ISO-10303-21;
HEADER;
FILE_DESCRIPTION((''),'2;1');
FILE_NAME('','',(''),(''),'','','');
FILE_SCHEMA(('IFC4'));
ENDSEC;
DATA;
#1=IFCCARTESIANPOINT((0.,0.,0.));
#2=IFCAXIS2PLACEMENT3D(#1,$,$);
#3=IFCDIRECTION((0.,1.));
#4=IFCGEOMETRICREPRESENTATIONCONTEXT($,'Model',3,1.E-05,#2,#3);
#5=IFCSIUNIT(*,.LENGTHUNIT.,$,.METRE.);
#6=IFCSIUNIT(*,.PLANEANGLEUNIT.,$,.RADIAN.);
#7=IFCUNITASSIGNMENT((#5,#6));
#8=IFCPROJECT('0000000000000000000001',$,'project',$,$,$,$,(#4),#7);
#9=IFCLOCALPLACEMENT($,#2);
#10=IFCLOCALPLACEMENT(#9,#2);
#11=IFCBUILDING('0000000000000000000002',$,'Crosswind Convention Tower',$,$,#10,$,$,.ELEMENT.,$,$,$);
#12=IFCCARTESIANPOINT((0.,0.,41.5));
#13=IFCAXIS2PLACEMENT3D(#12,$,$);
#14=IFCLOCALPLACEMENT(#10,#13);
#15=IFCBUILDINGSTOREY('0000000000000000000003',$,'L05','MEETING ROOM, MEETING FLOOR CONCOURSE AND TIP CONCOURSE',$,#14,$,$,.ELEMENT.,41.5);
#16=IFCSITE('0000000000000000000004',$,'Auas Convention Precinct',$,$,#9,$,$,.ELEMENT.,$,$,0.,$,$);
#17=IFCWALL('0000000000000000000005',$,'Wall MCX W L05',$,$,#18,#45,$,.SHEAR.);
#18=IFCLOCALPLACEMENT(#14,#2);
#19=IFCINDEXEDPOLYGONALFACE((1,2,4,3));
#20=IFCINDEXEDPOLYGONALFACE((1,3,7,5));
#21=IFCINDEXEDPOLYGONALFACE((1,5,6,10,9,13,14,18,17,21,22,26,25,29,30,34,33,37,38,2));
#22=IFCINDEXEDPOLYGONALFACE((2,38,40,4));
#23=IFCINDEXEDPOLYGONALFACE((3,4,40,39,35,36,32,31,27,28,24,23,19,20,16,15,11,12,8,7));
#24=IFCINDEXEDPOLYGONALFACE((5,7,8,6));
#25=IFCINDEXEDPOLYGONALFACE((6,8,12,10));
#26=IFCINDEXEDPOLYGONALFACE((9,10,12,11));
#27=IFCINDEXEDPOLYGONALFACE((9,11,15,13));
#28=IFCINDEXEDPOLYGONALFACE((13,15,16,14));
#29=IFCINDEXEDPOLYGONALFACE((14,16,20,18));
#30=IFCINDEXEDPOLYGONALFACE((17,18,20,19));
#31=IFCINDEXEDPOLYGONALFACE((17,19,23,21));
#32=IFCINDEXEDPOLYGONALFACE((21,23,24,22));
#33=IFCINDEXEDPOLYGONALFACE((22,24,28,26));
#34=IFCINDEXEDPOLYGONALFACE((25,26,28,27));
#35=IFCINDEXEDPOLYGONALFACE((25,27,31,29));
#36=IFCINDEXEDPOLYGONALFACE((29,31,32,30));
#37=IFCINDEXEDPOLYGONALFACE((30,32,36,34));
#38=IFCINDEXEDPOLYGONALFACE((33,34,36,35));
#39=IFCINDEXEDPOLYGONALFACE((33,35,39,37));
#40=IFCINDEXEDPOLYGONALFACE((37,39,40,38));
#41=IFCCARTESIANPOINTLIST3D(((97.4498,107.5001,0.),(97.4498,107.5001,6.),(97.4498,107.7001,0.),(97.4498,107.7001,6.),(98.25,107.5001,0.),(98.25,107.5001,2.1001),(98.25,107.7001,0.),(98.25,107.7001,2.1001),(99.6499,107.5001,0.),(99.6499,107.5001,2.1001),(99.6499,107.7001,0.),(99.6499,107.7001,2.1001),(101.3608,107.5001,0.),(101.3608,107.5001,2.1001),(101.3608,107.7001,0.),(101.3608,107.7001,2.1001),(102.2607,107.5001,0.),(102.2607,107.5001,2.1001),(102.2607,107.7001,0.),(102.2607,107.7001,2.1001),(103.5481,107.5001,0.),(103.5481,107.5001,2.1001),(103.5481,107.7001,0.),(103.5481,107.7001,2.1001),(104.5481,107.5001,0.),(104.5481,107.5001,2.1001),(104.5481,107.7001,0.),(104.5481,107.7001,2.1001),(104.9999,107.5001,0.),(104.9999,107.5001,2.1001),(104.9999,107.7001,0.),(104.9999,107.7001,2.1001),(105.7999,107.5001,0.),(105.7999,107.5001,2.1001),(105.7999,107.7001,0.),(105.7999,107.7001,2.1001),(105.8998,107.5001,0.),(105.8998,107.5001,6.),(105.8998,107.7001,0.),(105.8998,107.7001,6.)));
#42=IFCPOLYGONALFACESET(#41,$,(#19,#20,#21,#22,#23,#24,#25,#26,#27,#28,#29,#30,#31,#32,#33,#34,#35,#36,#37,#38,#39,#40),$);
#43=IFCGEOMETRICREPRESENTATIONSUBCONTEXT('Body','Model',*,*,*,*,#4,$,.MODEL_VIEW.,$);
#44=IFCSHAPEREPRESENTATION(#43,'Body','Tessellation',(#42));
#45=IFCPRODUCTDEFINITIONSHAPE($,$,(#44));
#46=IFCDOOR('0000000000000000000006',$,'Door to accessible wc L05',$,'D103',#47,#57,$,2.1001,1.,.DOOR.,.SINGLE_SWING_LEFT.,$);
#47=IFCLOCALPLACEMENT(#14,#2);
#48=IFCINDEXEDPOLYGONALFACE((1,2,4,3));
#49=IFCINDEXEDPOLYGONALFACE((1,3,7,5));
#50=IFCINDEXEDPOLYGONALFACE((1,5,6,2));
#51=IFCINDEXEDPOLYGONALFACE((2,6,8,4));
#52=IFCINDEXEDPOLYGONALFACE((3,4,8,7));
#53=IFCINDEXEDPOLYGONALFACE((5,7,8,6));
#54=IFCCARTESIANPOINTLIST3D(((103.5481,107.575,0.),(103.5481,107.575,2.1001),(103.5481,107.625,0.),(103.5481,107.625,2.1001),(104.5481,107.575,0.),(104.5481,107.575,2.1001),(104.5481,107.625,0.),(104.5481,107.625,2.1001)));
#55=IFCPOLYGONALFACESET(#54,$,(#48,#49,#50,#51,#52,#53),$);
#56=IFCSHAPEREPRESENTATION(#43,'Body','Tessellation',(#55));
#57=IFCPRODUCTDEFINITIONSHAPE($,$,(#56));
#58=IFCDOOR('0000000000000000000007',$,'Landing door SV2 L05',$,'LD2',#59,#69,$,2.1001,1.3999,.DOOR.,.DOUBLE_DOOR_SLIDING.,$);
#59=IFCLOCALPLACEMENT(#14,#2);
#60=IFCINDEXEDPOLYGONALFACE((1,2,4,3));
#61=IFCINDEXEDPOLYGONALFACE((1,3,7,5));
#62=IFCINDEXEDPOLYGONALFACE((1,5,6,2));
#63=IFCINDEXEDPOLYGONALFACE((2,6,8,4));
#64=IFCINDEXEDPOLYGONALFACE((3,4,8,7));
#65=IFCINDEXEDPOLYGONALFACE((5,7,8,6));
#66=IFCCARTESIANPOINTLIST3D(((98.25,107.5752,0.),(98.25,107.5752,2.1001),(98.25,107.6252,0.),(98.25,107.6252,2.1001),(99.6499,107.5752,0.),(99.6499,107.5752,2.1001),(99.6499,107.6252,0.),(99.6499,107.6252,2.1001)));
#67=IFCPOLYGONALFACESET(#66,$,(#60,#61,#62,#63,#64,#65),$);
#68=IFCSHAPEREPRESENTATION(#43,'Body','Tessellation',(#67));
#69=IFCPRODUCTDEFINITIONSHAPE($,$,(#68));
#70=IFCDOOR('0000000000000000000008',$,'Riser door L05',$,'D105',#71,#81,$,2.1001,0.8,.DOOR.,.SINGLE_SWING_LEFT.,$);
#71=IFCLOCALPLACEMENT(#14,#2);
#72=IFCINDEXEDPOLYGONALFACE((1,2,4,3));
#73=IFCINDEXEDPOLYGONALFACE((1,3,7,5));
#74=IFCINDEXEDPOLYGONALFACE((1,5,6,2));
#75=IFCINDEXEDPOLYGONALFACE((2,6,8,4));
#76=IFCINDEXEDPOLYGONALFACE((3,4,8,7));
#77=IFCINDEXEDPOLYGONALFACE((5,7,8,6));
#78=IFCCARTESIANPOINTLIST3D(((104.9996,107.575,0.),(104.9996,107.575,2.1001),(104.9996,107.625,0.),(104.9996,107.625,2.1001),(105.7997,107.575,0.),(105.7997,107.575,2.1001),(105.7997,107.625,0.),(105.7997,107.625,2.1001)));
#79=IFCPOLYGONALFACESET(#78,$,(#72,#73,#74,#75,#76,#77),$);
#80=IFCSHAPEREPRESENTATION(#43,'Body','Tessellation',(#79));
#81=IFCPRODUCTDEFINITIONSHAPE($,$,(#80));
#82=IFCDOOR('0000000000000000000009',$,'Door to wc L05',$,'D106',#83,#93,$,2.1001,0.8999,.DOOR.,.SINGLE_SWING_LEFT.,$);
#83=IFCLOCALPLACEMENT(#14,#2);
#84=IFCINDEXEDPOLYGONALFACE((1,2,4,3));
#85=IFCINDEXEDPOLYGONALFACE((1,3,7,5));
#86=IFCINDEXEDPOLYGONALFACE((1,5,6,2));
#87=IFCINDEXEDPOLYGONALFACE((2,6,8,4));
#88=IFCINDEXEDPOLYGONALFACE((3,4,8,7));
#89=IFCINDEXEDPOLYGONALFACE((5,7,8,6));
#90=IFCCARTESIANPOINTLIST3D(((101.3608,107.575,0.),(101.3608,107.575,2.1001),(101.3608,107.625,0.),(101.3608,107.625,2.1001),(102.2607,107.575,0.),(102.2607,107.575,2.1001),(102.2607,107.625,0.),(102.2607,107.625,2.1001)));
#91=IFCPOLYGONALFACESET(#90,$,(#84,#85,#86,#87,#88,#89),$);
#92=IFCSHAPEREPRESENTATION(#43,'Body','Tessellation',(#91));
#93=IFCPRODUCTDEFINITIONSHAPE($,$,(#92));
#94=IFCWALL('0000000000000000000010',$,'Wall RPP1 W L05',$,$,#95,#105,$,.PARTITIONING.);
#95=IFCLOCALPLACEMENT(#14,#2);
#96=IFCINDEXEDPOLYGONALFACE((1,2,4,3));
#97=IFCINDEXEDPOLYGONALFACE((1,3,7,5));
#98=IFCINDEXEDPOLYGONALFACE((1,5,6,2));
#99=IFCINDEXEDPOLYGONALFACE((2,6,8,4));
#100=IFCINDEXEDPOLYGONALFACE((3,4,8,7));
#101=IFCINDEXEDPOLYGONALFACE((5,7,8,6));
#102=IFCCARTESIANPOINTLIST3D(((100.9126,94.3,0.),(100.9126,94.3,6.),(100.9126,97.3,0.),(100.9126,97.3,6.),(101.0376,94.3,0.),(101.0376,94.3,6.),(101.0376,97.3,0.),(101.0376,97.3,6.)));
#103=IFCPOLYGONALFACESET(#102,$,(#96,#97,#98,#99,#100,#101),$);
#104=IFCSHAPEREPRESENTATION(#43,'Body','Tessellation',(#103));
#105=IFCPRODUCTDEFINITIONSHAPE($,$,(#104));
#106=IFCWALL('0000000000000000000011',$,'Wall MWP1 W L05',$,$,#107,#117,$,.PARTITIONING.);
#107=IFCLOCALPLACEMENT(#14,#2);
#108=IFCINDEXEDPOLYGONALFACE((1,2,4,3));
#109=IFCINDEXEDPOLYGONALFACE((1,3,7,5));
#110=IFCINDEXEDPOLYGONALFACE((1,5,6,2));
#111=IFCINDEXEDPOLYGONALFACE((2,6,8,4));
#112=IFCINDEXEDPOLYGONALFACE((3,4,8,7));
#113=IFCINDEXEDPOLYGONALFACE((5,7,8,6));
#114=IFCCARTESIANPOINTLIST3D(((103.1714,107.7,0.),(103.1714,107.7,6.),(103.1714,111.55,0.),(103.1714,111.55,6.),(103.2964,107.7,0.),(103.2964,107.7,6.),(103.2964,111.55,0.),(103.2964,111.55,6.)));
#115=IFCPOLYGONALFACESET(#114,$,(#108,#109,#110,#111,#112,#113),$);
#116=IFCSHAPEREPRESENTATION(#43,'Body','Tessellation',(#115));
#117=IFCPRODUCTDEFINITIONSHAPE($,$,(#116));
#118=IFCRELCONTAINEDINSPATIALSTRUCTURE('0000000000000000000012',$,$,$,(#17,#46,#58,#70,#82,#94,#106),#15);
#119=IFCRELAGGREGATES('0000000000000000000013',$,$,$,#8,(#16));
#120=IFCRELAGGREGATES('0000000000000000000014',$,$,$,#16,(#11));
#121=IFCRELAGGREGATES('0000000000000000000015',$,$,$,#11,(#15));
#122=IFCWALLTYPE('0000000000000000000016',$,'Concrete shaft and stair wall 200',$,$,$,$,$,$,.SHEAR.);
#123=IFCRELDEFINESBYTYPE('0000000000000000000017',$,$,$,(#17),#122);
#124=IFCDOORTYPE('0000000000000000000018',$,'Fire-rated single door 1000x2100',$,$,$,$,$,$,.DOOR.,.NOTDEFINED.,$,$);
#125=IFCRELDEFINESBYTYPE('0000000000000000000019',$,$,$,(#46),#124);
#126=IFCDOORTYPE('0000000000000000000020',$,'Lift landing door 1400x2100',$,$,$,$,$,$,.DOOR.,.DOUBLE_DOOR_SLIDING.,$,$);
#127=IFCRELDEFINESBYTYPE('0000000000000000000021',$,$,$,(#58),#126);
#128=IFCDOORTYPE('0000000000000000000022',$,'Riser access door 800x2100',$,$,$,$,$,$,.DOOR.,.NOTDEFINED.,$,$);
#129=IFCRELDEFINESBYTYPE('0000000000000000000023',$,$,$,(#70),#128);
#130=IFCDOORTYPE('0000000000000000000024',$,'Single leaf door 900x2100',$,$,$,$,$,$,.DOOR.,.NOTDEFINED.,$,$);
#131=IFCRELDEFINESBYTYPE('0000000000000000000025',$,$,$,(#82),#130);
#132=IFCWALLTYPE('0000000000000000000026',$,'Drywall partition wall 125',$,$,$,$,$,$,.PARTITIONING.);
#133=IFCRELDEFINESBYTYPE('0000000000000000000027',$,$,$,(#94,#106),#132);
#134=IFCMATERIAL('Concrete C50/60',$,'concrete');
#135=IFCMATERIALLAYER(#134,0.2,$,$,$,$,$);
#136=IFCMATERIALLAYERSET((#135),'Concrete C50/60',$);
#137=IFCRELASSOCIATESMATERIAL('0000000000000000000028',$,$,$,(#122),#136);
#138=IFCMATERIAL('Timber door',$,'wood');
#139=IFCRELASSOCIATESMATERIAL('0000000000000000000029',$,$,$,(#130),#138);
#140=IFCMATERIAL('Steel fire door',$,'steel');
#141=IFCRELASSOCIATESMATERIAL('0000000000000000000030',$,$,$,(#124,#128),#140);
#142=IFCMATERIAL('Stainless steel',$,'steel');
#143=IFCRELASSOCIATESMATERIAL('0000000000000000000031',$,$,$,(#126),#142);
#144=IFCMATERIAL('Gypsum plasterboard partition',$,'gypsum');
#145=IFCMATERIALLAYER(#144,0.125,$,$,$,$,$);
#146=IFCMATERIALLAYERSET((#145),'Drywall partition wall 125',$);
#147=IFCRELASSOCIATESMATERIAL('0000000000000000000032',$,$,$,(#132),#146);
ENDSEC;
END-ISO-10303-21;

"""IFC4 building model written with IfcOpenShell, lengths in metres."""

from ifc_helpers import new_model, si_unit, direction, frame, frame_2d, origin, place, context, subcontext, project, spatial, rectangle, extrude, material, layer, layer_set, type_object, element, fill, save


model = new_model("IFC4")

# Units and contexts
model_context = context("Model", 3, precision=1e-05, world=origin(), true_north=direction((0.0, 1.0)))
body_context = subcontext(model_context, "Body", "Model", "MODEL_VIEW")
ifc_project = project(units=[si_unit("LENGTHUNIT", "METRE"), si_unit("PLANEANGLEUNIT", "RADIAN")], contexts=[model_context])

# Site, building, storey
site_placement = place(None, origin())
site = spatial("IfcSite", under=ifc_project, at=site_placement, Name="Auas Convention Precinct", CompositionType="ELEMENT", RefElevation=0.0)
building_placement = place(site_placement, origin())
building = spatial("IfcBuilding", under=site, at=building_placement, Name="Crosswind Convention Tower", CompositionType="ELEMENT")
storey_placement = place(building_placement, frame((0.0, 0.0, 41.5)))
storey = spatial("IfcBuildingStorey", under=building, at=storey_placement, Name="L05", Description="MEETING ROOM, MEETING FLOOR CONCOURSE AND TIP CONCOURSE", CompositionType="ELEMENT", Elevation=41.5)

# Shared definitions
ifc_material_1 = material(Name="Concrete C50/60", Category="concrete")
ifc_layer_1 = layer(ifc_material_1, 0.2)
ifc_layer_set_1 = layer_set([ifc_layer_1], Name="Concrete C50/60")
wall_type_1 = type_object("IfcWallType", Name="Concrete shaft and stair wall 200", PredefinedType="SHEAR", material=ifc_layer_set_1)

# Shared definitions
ifc_material_2 = material(Name="Timber door", Category="wood")
door_type_1 = type_object("IfcDoorType", Name="Single leaf door 900x2100", OperationType="NOTDEFINED", PredefinedType="DOOR", material=ifc_material_2)

# Wall, openings, doors
wall_1_placement = place(storey_placement, frame((105.8999, 107.6001, 0.0), z_axis=(0.0, 0.0, 1.0), x_axis=(-1.0, 0.0, 0.0)))
wall_1 = element("IfcWall", 1, at=wall_1_placement, inside=storey, type_object=wall_type_1, Name="Wall MCX W L05", PredefinedType="SHEAR", context=body_context, shape_type="SweptSolid", body=[
    extrude(rectangle(XDim=8.45, YDim=0.2, at=frame_2d((4.2251, 0.0))), origin(), (0.0, 0.0, 1.0), 6.0),
])
opening_1_placement = place(wall_1_placement, frame((0.1001, 0.0, 0.0)))
opening_1 = element("IfcOpeningElement", 2, at=opening_1_placement, cuts=wall_1, PredefinedType="OPENING", context=body_context, shape_type="SweptSolid", body=[
    extrude(rectangle(XDim=0.8, YDim=2.1001, at=frame_2d((0.3999, 1.05))), frame((0.0, 0.1099, 0.0), z_axis=(0.0, -1.0, 0.0), x_axis=(1.0, 0.0, 0.0)), (0.0, 0.0, 1.0), 0.22),
])
opening_2_placement = place(wall_1_placement, frame((1.3518, 0.0, 0.0)))
opening_2 = element("IfcOpeningElement", 3, at=opening_2_placement, cuts=wall_1, PredefinedType="OPENING", context=body_context, shape_type="SweptSolid", body=[
    extrude(rectangle(XDim=1.0, YDim=2.1001, at=frame_2d((0.5, 1.05))), frame((0.0, 0.1099, 0.0), z_axis=(0.0, -1.0, 0.0), x_axis=(1.0, 0.0, 0.0)), (0.0, 0.0, 1.0), 0.22),
])
opening_3_placement = place(wall_1_placement, frame((3.6392, 0.0, 0.0)))
opening_3 = element("IfcOpeningElement", 4, at=opening_3_placement, cuts=wall_1, PredefinedType="OPENING", context=body_context, shape_type="SweptSolid", body=[
    extrude(rectangle(XDim=0.8999, YDim=2.1001, at=frame_2d((0.45, 1.05))), frame((0.0, 0.1099, 0.0), z_axis=(0.0, -1.0, 0.0), x_axis=(1.0, 0.0, 0.0)), (0.0, 0.0, 1.0), 0.22),
])
opening_4_placement = place(wall_1_placement, frame((6.25, 0.0, 0.0)))
opening_4 = element("IfcOpeningElement", 5, at=opening_4_placement, cuts=wall_1, PredefinedType="OPENING", context=body_context, shape_type="SweptSolid", body=[
    extrude(rectangle(XDim=1.3999, YDim=2.1001, at=frame_2d((0.7, 1.05))), frame((0.0, 0.1099, 0.0), z_axis=(0.0, -1.0, 0.0), x_axis=(1.0, 0.0, 0.0)), (0.0, 0.0, 1.0), 0.22),
])
ifc_material_3 = material(Name="Steel fire door", Category="steel")
door_type_2 = type_object("IfcDoorType", Name="Fire-rated single door 1000x2100", OperationType="NOTDEFINED", PredefinedType="DOOR", material=ifc_material_3)
door_1_placement = place(opening_2_placement, frame((1.0, 0.0, 0.0), z_axis=(0.0, 0.0, 1.0), x_axis=(-1.0, 0.0, 0.0)))
door_1 = element("IfcDoor", 6, at=door_1_placement, inside=storey, type_object=door_type_2, Name="Door to accessible wc L05", ObjectType="D103", OperationType="SINGLE_SWING_LEFT", OverallHeight=2.1001, OverallWidth=1.0, PredefinedType="DOOR", context=body_context, shape_type="SweptSolid", body=[
    extrude(rectangle(XDim=1.0, YDim=2.1001, at=frame_2d((0.5, 1.05))), frame((0.0, 0.0249, 0.0), z_axis=(0.0, -1.0, 0.0), x_axis=(1.0, 0.0, 0.0)), (0.0, 0.0, 1.0), 0.05),
])
fill(opening_2, door_1)
ifc_material_4 = material(Name="Stainless steel", Category="steel")
door_type_3 = type_object("IfcDoorType", Name="Lift landing door 1400x2100", OperationType="DOUBLE_DOOR_SLIDING", PredefinedType="DOOR", material=ifc_material_4)
door_2_placement = place(opening_4_placement, origin())
door_2 = element("IfcDoor", 7, at=door_2_placement, inside=storey, type_object=door_type_3, Name="Landing door SV2 L05", ObjectType="LD2", OperationType="DOUBLE_DOOR_SLIDING", OverallHeight=2.1001, OverallWidth=1.3999, PredefinedType="DOOR", context=body_context, shape_type="SweptSolid", body=[
    extrude(rectangle(XDim=1.3999, YDim=2.1001, at=frame_2d((0.7, 1.05))), frame((0.0, 0.0249, 0.0), z_axis=(0.0, -1.0, 0.0), x_axis=(1.0, 0.0, 0.0)), (0.0, 0.0, 1.0), 0.05),
])
fill(opening_4, door_2)
door_type_4 = type_object("IfcDoorType", Name="Riser access door 800x2100", OperationType="NOTDEFINED", PredefinedType="DOOR", material=ifc_material_3)
door_3_placement = place(opening_1_placement, frame((0.8, 0.0, 0.0), z_axis=(0.0, 0.0, 1.0), x_axis=(-1.0, 0.0, 0.0)))
door_3 = element("IfcDoor", 8, at=door_3_placement, inside=storey, type_object=door_type_4, Name="Riser door L05", ObjectType="D105", OperationType="SINGLE_SWING_LEFT", OverallHeight=2.1001, OverallWidth=0.8, PredefinedType="DOOR", context=body_context, shape_type="SweptSolid", body=[
    extrude(rectangle(XDim=0.8, YDim=2.1001, at=frame_2d((0.3999, 1.05))), frame((0.0, 0.0249, 0.0), z_axis=(0.0, -1.0, 0.0), x_axis=(1.0, 0.0, 0.0)), (0.0, 0.0, 1.0), 0.05),
])
fill(opening_1, door_3)
door_4_placement = place(opening_3_placement, frame((0.8999, 0.0, 0.0), z_axis=(0.0, 0.0, 1.0), x_axis=(-1.0, 0.0, 0.0)))
door_4 = element("IfcDoor", 9, at=door_4_placement, inside=storey, type_object=door_type_1, Name="Door to wc L05", ObjectType="D106", OperationType="SINGLE_SWING_LEFT", OverallHeight=2.1001, OverallWidth=0.8999, PredefinedType="DOOR", context=body_context, shape_type="SweptSolid", body=[
    extrude(rectangle(XDim=0.8999, YDim=2.1001, at=frame_2d((0.45, 1.05))), frame((0.0, 0.0249, 0.0), z_axis=(0.0, -1.0, 0.0), x_axis=(1.0, 0.0, 0.0)), (0.0, 0.0, 1.0), 0.05),
])
fill(opening_3, door_4)

# Walls
ifc_material_5 = material(Name="Gypsum plasterboard partition", Category="gypsum")
ifc_layer_2 = layer(ifc_material_5, 0.125)
ifc_layer_set_2 = layer_set([ifc_layer_2], Name="Drywall partition wall 125")
wall_type_2 = type_object("IfcWallType", Name="Drywall partition wall 125", PredefinedType="PARTITIONING", material=ifc_layer_set_2)
wall_2_placement = place(storey_placement, frame((100.9751, 97.3, 0.0), z_axis=(0.0, 0.0, 1.0), x_axis=(0.0, -1.0, 0.0)))
element("IfcWall", 10, at=wall_2_placement, inside=storey, type_object=wall_type_2, Name="Wall RPP1 W L05", PredefinedType="PARTITIONING", context=body_context, shape_type="SweptSolid", body=[
    extrude(rectangle(XDim=3.0, YDim=0.125, at=frame_2d((1.5, 0.0))), origin(), (0.0, 0.0, 1.0), 6.0),
])
wall_3_placement = place(storey_placement, frame((103.2339, 111.55, 0.0), z_axis=(0.0, 0.0, 1.0), x_axis=(0.0, -1.0, 0.0)))
element("IfcWall", 11, at=wall_3_placement, inside=storey, type_object=wall_type_2, Name="Wall MWP1 W L05", PredefinedType="PARTITIONING", context=body_context, shape_type="SweptSolid", body=[
    extrude(rectangle(XDim=3.8501, YDim=0.125, at=frame_2d((1.925, 0.0))), origin(), (0.0, 0.0, 1.0), 6.0),
])

save(model, "model.ifc")
